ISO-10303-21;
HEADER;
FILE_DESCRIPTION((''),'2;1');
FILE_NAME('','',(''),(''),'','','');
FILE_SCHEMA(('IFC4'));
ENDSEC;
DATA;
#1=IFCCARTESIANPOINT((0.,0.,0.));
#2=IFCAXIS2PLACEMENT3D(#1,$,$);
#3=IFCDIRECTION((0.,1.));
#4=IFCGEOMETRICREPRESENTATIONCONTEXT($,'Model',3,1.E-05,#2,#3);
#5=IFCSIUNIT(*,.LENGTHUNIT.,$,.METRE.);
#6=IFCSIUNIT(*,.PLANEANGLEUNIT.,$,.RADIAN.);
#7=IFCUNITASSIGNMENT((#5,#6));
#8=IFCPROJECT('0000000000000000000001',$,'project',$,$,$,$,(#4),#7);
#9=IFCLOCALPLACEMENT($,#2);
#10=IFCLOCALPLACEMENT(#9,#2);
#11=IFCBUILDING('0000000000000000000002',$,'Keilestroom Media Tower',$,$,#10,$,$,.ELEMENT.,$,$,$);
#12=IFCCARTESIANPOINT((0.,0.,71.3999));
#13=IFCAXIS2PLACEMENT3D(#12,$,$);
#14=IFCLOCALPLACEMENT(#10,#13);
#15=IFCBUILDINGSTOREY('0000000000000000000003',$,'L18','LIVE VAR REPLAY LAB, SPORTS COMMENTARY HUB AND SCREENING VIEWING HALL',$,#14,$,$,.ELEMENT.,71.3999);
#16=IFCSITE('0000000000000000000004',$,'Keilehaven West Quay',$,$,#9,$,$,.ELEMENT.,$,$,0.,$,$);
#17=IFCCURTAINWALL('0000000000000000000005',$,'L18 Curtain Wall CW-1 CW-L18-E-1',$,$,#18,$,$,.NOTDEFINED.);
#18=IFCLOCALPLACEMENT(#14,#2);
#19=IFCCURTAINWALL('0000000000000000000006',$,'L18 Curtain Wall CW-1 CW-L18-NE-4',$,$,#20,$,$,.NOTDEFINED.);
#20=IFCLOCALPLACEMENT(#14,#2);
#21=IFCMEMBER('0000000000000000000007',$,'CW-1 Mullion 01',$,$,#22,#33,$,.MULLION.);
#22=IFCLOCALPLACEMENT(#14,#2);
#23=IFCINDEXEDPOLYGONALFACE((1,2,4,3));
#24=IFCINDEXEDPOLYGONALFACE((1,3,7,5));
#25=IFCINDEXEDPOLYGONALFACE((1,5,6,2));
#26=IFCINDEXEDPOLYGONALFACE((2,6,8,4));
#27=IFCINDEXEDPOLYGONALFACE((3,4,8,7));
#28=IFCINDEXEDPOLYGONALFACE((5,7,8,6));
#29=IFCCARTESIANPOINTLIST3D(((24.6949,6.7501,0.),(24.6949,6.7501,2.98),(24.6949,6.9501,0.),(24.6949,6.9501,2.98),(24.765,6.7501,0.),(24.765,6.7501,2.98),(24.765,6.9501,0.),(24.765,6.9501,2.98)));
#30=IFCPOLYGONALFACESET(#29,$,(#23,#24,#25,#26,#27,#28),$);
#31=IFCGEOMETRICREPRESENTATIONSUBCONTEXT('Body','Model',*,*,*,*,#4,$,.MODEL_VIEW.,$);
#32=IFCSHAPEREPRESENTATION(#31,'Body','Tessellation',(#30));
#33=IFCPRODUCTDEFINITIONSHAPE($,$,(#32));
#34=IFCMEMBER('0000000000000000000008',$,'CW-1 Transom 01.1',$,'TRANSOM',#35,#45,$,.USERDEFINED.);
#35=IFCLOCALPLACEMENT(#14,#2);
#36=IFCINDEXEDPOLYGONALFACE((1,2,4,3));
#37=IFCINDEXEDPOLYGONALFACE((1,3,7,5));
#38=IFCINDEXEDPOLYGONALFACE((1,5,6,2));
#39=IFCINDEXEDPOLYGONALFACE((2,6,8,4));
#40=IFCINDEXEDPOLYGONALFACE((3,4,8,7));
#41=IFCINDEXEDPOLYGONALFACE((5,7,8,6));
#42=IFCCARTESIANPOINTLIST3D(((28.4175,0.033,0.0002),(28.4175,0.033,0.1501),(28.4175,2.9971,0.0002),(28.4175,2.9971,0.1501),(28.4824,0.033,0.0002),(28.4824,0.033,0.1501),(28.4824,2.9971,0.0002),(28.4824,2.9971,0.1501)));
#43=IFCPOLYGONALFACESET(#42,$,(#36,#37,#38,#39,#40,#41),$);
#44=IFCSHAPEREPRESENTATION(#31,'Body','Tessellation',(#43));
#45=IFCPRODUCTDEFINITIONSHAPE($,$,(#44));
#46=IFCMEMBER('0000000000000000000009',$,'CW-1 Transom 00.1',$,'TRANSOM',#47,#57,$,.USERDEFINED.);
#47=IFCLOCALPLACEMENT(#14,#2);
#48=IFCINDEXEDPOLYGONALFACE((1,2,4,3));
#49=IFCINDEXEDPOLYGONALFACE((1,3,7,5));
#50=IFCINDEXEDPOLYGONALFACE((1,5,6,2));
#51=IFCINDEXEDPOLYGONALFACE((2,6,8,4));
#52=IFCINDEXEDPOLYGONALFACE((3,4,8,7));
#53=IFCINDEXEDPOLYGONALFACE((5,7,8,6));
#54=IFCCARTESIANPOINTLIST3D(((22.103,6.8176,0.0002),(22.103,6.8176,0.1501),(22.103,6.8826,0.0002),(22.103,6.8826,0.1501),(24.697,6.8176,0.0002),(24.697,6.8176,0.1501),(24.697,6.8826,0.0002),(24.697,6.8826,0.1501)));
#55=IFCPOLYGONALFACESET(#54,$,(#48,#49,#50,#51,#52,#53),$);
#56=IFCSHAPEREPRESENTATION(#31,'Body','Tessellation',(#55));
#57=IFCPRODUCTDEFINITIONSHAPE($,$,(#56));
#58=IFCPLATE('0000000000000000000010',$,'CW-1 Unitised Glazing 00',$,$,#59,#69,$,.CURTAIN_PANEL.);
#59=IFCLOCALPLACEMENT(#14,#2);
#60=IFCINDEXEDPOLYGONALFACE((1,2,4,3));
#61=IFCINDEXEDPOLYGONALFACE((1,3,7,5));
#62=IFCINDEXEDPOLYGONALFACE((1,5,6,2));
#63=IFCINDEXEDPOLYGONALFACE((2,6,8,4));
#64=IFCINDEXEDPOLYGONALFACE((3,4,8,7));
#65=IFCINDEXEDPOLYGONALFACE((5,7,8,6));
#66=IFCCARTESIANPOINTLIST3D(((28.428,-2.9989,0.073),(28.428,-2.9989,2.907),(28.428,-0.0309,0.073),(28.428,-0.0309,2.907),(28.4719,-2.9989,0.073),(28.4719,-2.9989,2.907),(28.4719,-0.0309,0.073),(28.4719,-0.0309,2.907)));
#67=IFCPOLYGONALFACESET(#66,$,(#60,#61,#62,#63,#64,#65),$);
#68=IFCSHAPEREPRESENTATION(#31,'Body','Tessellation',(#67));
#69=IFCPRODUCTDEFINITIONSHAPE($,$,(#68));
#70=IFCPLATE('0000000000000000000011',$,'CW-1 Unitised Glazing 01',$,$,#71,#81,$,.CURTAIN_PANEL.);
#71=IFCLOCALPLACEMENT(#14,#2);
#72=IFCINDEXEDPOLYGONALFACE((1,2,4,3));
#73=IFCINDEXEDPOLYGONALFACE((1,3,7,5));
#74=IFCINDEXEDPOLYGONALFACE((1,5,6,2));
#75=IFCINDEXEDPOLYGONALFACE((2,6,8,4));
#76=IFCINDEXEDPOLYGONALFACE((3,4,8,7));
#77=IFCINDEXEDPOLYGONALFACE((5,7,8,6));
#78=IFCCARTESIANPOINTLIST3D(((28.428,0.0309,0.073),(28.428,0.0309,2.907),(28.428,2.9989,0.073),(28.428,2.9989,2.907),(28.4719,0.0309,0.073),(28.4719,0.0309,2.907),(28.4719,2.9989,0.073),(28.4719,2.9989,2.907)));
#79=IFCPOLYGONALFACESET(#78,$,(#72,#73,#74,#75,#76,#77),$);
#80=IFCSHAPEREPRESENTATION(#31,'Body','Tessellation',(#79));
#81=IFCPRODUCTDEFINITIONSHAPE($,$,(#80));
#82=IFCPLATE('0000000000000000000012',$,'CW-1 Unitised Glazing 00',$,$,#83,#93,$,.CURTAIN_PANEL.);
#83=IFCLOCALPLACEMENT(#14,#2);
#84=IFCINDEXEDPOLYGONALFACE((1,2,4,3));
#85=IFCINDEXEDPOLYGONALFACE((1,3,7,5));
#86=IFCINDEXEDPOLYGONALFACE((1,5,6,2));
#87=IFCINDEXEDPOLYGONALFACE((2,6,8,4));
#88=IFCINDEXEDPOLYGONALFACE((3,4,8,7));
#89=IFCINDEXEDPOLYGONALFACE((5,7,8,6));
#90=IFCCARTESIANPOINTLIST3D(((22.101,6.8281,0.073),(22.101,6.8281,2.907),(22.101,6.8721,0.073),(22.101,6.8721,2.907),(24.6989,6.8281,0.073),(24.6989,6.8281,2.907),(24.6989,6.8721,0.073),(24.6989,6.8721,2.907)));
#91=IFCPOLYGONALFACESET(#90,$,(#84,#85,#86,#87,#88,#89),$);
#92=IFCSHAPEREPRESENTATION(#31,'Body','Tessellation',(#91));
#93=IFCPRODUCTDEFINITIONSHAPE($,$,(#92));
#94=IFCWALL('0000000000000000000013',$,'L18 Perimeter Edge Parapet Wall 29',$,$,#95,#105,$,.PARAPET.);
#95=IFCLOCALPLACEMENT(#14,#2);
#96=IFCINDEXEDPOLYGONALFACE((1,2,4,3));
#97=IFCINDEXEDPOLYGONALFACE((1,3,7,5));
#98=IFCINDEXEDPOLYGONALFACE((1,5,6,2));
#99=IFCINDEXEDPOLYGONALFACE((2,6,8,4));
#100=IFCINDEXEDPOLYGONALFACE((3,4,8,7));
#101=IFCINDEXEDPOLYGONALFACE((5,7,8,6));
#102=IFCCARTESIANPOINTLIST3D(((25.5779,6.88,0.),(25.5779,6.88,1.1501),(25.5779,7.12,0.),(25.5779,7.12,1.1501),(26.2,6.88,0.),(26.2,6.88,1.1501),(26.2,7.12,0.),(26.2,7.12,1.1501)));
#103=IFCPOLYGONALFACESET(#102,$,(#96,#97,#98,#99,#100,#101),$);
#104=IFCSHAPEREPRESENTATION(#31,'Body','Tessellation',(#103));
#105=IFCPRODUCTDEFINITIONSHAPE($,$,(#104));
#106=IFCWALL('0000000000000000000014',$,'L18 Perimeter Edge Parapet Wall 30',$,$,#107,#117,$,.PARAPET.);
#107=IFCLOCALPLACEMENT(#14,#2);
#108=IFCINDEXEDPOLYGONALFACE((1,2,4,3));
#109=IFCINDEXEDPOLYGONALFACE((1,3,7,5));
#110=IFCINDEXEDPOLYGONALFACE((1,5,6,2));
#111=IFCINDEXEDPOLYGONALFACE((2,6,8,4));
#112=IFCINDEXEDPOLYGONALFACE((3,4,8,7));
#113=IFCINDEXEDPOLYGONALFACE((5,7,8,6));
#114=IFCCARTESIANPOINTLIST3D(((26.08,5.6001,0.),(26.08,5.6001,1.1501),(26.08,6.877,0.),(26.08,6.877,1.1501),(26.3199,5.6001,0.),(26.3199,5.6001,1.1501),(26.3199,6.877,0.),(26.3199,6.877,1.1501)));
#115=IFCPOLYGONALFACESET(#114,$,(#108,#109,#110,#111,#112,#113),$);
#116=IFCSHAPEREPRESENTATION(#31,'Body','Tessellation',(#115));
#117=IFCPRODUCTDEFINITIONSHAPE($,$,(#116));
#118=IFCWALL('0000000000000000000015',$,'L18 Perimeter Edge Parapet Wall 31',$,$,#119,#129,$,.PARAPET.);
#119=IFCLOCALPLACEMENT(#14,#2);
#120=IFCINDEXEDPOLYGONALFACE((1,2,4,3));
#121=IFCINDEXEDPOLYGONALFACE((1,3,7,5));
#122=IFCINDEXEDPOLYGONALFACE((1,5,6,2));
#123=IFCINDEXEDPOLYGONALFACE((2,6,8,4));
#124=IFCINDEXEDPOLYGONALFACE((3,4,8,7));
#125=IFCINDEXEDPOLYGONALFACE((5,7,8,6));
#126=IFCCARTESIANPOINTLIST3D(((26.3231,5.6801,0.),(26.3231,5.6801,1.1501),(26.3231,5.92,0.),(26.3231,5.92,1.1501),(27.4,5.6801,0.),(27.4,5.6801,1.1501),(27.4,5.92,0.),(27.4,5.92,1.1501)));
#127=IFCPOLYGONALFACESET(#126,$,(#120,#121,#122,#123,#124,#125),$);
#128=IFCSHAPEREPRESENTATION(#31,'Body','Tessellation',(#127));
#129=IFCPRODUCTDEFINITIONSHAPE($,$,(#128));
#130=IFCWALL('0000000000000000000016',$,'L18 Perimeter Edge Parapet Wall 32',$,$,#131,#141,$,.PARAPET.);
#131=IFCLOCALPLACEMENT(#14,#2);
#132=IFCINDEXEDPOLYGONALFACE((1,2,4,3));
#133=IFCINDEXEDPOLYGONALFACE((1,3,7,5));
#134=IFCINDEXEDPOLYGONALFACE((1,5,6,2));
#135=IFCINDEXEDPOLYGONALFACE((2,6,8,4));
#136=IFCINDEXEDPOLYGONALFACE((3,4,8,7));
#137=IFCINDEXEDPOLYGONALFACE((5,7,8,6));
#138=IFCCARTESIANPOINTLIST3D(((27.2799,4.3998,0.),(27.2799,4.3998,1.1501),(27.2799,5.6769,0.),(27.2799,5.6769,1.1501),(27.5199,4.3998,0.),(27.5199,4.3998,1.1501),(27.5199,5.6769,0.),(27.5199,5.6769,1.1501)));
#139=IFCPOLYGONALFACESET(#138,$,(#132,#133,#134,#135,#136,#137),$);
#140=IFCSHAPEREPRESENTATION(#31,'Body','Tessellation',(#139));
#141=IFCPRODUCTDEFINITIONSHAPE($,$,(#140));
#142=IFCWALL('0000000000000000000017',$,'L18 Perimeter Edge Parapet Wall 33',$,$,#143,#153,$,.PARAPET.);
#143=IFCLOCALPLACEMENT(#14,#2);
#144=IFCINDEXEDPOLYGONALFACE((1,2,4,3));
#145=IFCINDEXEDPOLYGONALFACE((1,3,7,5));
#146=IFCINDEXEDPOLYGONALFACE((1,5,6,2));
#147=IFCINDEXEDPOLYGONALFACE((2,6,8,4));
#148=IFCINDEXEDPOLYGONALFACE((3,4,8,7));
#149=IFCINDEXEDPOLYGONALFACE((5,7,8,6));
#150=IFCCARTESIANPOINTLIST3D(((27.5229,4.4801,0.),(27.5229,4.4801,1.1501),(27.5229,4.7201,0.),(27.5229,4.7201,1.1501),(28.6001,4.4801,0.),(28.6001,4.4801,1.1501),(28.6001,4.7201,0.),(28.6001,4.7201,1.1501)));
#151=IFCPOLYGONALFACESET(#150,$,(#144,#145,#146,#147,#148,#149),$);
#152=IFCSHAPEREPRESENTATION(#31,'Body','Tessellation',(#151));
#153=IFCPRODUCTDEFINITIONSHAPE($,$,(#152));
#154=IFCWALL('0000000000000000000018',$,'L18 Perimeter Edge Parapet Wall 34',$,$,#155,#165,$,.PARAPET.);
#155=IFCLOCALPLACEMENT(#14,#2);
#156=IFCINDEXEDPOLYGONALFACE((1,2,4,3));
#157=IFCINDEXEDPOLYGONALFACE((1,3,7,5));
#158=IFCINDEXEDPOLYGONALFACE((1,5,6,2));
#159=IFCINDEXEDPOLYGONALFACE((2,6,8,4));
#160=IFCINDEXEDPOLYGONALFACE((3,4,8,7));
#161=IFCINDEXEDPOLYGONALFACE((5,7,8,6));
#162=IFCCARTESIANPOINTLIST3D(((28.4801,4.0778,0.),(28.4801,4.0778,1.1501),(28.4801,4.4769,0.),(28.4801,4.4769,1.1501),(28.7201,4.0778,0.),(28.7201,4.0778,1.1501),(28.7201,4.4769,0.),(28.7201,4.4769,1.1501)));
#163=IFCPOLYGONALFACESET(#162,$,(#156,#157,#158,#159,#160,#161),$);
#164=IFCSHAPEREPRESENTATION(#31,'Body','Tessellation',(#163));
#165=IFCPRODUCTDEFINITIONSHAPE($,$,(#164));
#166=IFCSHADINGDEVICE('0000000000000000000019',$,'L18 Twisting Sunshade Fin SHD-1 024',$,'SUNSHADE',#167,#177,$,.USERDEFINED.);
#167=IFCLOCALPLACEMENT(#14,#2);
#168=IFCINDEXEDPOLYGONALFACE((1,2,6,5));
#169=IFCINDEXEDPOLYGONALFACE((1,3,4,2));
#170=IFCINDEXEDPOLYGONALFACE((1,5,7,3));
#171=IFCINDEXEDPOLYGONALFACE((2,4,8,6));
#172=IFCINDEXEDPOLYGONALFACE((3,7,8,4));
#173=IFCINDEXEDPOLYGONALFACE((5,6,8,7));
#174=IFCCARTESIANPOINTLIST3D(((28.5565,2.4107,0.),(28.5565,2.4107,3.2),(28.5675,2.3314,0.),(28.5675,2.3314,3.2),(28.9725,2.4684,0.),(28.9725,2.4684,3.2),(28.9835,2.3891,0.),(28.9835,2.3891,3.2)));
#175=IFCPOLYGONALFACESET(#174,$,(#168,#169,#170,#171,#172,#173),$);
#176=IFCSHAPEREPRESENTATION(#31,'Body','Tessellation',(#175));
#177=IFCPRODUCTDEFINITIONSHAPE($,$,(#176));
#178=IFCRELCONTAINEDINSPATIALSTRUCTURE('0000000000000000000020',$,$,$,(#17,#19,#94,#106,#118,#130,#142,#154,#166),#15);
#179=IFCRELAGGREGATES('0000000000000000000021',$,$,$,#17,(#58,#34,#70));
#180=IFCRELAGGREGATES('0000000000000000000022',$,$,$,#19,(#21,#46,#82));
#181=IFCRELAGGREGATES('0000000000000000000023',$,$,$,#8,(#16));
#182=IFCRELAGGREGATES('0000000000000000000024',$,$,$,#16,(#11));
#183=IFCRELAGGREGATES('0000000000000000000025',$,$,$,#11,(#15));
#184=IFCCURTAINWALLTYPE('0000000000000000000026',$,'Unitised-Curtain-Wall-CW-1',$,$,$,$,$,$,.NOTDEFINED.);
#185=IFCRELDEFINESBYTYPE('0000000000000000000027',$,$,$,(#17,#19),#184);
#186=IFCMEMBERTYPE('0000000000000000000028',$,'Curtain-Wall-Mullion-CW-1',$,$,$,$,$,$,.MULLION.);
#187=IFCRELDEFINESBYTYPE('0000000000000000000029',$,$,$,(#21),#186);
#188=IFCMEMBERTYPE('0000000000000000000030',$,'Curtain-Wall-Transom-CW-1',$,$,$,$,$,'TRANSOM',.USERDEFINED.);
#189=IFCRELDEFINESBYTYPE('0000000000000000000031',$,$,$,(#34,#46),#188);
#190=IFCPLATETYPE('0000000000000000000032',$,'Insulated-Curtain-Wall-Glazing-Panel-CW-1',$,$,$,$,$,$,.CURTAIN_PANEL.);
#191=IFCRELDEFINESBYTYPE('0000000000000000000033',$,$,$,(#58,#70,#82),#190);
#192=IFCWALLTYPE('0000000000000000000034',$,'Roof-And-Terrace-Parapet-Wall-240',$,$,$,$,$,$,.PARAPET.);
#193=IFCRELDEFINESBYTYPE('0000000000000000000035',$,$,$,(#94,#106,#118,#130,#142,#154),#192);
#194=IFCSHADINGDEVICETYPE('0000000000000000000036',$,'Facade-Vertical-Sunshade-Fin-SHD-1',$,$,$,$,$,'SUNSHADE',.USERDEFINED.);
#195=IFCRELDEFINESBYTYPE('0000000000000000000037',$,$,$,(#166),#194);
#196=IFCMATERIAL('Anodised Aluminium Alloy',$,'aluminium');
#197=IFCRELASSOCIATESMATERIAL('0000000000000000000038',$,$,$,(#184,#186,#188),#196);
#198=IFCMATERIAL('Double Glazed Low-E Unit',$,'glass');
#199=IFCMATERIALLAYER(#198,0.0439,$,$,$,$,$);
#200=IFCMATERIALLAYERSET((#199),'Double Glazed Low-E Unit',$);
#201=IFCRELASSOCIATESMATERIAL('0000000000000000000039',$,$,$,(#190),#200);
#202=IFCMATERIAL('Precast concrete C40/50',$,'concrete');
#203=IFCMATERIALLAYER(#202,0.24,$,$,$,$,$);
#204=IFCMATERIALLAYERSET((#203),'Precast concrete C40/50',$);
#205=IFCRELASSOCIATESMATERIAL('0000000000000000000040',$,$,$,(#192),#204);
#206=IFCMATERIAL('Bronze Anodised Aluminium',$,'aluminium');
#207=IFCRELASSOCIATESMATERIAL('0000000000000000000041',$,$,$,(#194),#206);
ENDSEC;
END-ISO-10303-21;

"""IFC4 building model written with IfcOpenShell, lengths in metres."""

from ifc_helpers import new_model, si_unit, direction, frame, frame_2d, origin, origin_2d, place, context, subcontext, project, spatial, rectangle, extrude, source, transform, mapped, material, layer, layer_set, material_profile, profile_set, type_object, element, aggregate, save


model = new_model("IFC4")

# Units and contexts
model_context = context("Model", 3, precision=1e-05, world=origin(), true_north=direction((0.0, 1.0)))
body_context = subcontext(model_context, "Body", "Model", "MODEL_VIEW")
ifc_project = project(units=[si_unit("LENGTHUNIT", "METRE"), si_unit("PLANEANGLEUNIT", "RADIAN")], contexts=[model_context])

# Site, building, storey
site_placement = place(None, origin())
site = spatial("IfcSite", under=ifc_project, at=site_placement, Name="Keilehaven West Quay", CompositionType="ELEMENT", RefElevation=0.0)
building_placement = place(site_placement, origin())
building = spatial("IfcBuilding", under=site, at=building_placement, Name="Keilestroom Media Tower", CompositionType="ELEMENT")
storey_placement = place(building_placement, frame((0.0, 0.0, 71.3999)))
storey = spatial("IfcBuildingStorey", under=building, at=storey_placement, Name="L18", Description="LIVE VAR REPLAY LAB, SPORTS COMMENTARY HUB AND SCREENING VIEWING HALL", CompositionType="ELEMENT", Elevation=71.3999)

# Shared definitions
ifc_material_1 = material(Name="Precast concrete C40/50", Category="concrete")

# Curtain walls, member
ifc_material_2 = material(Name="Anodised Aluminium Alloy", Category="aluminium")
curtain_wall_type = type_object("IfcCurtainWallType", Name="Unitised-Curtain-Wall-CW-1", PredefinedType="NOTDEFINED", material=ifc_material_2)
curtain_wall_1_placement = place(storey_placement, origin())
curtain_wall_1 = element("IfcCurtainWall", 1, at=curtain_wall_1_placement, inside=storey, type_object=curtain_wall_type, Name="L18 Curtain Wall CW-1 CW-L18-E-1", PredefinedType="NOTDEFINED")
ifc_material_profile_1 = material_profile(ifc_material_2, rectangle(XDim=0.0701, YDim=0.2, at=origin_2d()), Name="ALU MULLION 70x200")
ifc_profile_set_1 = profile_set([ifc_material_profile_1], Name="Anodised Aluminium Alloy")
member_type_1 = type_object("IfcMemberType", Name="Curtain-Wall-Mullion-CW-1", PredefinedType="MULLION", material=ifc_profile_set_1)
shared_shape_1 = source(origin(), body_context, "Body", "SweptSolid", [
    extrude(rectangle(XDim=0.0701, YDim=0.2, at=origin_2d()), origin(), (0.0, 0.0, 1.0), 2.98),
])
curtain_wall_2_placement = place(storey_placement, origin())
curtain_wall_2 = element("IfcCurtainWall", 2, at=curtain_wall_2_placement, inside=storey, type_object=curtain_wall_type, Name="L18 Curtain Wall CW-1 CW-L18-NE-4", PredefinedType="NOTDEFINED")
member_1_placement = place(storey_placement, frame((24.73, 6.8501, 0.0), z_axis=(0.0, 0.0, 1.0), x_axis=(1.0, 0.0, 0.0)))
member_1 = element("IfcMember", 3, at=member_1_placement, type_object=member_type_1, Name="CW-1 Mullion 01", PredefinedType="MULLION", context=body_context, shape_type="MappedRepresentation", body=[
    mapped(shared_shape_1, transform((0.0, 0.0, 0.0), x_axis=(1.0, 0.0, 0.0), y_axis=(0.0, 1.0, 0.0), z_axis=(0.0, 0.0, 1.0), scale=1.0)),
])

# Members
ifc_material_profile_2 = material_profile(ifc_material_2, rectangle(XDim=0.0649, YDim=0.1499, at=origin_2d()), Name="ALU TRANSOM 65x150")
ifc_profile_set_2 = profile_set([ifc_material_profile_2], Name="Anodised Aluminium Alloy")
member_type_2 = type_object("IfcMemberType", Name="Curtain-Wall-Transom-CW-1", ElementType="TRANSOM", PredefinedType="USERDEFINED", material=ifc_profile_set_2)
shared_shape_2 = source(origin(), body_context, "Body", "SweptSolid", [
    extrude(rectangle(XDim=0.0649, YDim=0.1499, at=origin_2d()), origin(), (0.0, 0.0, 1.0), 2.9641),
])
member_2_placement = place(storey_placement, frame((28.45, 0.033, 0.0752), z_axis=(0.0, 1.0, 0.0), x_axis=(-1.0, 0.0, 0.0)))
member_2 = element("IfcMember", 4, at=member_2_placement, type_object=member_type_2, Name="CW-1 Transom 01.1", ObjectType="TRANSOM", PredefinedType="USERDEFINED", context=body_context, shape_type="MappedRepresentation", body=[
    mapped(shared_shape_2, transform((0.0, 0.0, 0.0), x_axis=(1.0, 0.0, 0.0), y_axis=(0.0, 1.0, 0.0), z_axis=(0.0, 0.0, 1.0), scale=1.0)),
])
shared_shape_3 = source(origin(), body_context, "Body", "SweptSolid", [
    extrude(rectangle(XDim=0.0649, YDim=0.1499, at=origin_2d()), origin(), (0.0, 0.0, 1.0), 2.594),
])
member_3_placement = place(storey_placement, frame((22.103, 6.8501, 0.0752), z_axis=(1.0, 0.0, 0.0), x_axis=(0.0, 1.0, 0.0)))
member_3 = element("IfcMember", 5, at=member_3_placement, type_object=member_type_2, Name="CW-1 Transom 00.1", ObjectType="TRANSOM", PredefinedType="USERDEFINED", context=body_context, shape_type="MappedRepresentation", body=[
    mapped(shared_shape_3, transform((0.0, 0.0, 0.0), x_axis=(1.0, 0.0, 0.0), y_axis=(0.0, 1.0, 0.0), z_axis=(0.0, 0.0, 1.0), scale=1.0)),
])

# Plates
ifc_material_3 = material(Name="Double Glazed Low-E Unit", Category="glass")
ifc_layer_1 = layer(ifc_material_3, 0.0439)
ifc_layer_set_1 = layer_set([ifc_layer_1], Name="Double Glazed Low-E Unit")
plate_type = type_object("IfcPlateType", Name="Insulated-Curtain-Wall-Glazing-Panel-CW-1", PredefinedType="CURTAIN_PANEL", material=ifc_layer_set_1)
shared_shape_4 = source(origin(), body_context, "Body", "SweptSolid", [
    extrude(rectangle(XDim=2.968, YDim=0.0439, at=origin_2d()), origin(), (0.0, 0.0, 1.0), 2.834),
])
plate_1_placement = place(storey_placement, frame((28.45, -1.5149, 0.073), z_axis=(0.0, 0.0, 1.0), x_axis=(0.0, 1.0, 0.0)))
plate_1 = element("IfcPlate", 6, at=plate_1_placement, type_object=plate_type, Name="CW-1 Unitised Glazing 00", PredefinedType="CURTAIN_PANEL", context=body_context, shape_type="MappedRepresentation", body=[
    mapped(shared_shape_4, transform((0.0, 0.0, 0.0), x_axis=(1.0, 0.0, 0.0), y_axis=(0.0, 1.0, 0.0), z_axis=(0.0, 0.0, 1.0), scale=1.0)),
])
plate_2_placement = place(storey_placement, frame((28.45, 1.5149, 0.073), z_axis=(0.0, 0.0, 1.0), x_axis=(0.0, 1.0, 0.0)))
plate_2 = element("IfcPlate", 7, at=plate_2_placement, type_object=plate_type, Name="CW-1 Unitised Glazing 01", PredefinedType="CURTAIN_PANEL", context=body_context, shape_type="MappedRepresentation", body=[
    mapped(shared_shape_4, transform((0.0, 0.0, 0.0), x_axis=(1.0, 0.0, 0.0), y_axis=(0.0, 1.0, 0.0), z_axis=(0.0, 0.0, 1.0), scale=1.0)),
])
aggregate(curtain_wall_1, [plate_1, member_2, plate_2])
shared_shape_5 = source(origin(), body_context, "Body", "SweptSolid", [
    extrude(rectangle(XDim=2.5979, YDim=0.0439, at=origin_2d()), origin(), (0.0, 0.0, 1.0), 2.834),
])
plate_3_placement = place(storey_placement, frame((23.3999, 6.8501, 0.073), z_axis=(0.0, 0.0, 1.0), x_axis=(1.0, 0.0, 0.0)))
plate_3 = element("IfcPlate", 8, at=plate_3_placement, type_object=plate_type, Name="CW-1 Unitised Glazing 00", PredefinedType="CURTAIN_PANEL", context=body_context, shape_type="MappedRepresentation", body=[
    mapped(shared_shape_5, transform((0.0, 0.0, 0.0), x_axis=(1.0, 0.0, 0.0), y_axis=(0.0, 1.0, 0.0), z_axis=(0.0, 0.0, 1.0), scale=1.0)),
])
aggregate(curtain_wall_2, [member_1, member_3, plate_3])

# Walls
ifc_layer_2 = layer(ifc_material_1, 0.24)
ifc_layer_set_2 = layer_set([ifc_layer_2], Name="Precast concrete C40/50")
wall_type = type_object("IfcWallType", Name="Roof-And-Terrace-Parapet-Wall-240", PredefinedType="PARAPET", material=ifc_layer_set_2)
wall_1_placement = place(storey_placement, frame((25.5779, 7.0, 0.0), z_axis=(0.0, 0.0, 1.0), x_axis=(1.0, 0.0, 0.0)))
element("IfcWall", 9, at=wall_1_placement, inside=storey, type_object=wall_type, Name="L18 Perimeter Edge Parapet Wall 29", PredefinedType="PARAPET", context=body_context, shape_type="SweptSolid", body=[
    extrude(rectangle(XDim=0.6221, YDim=0.24, at=frame_2d((0.311, 0.0))), origin(), (0.0, 0.0, 1.0), 1.1501),
])
wall_2_placement = place(storey_placement, frame((26.2, 6.877, 0.0), z_axis=(0.0, 0.0, 1.0), x_axis=(0.0, -1.0, 0.0)))
element("IfcWall", 10, at=wall_2_placement, inside=storey, type_object=wall_type, Name="L18 Perimeter Edge Parapet Wall 30", PredefinedType="PARAPET", context=body_context, shape_type="SweptSolid", body=[
    extrude(rectangle(XDim=1.2769, YDim=0.24, at=frame_2d((0.6384, 0.0))), origin(), (0.0, 0.0, 1.0), 1.1501),
])
wall_3_placement = place(storey_placement, frame((26.323, 5.8, 0.0), z_axis=(0.0, 0.0, 1.0), x_axis=(1.0, 0.0, 0.0)))
element("IfcWall", 11, at=wall_3_placement, inside=storey, type_object=wall_type, Name="L18 Perimeter Edge Parapet Wall 31", PredefinedType="PARAPET", context=body_context, shape_type="SweptSolid", body=[
    extrude(rectangle(XDim=1.0769, YDim=0.24, at=frame_2d((0.5386, 0.0))), origin(), (0.0, 0.0, 1.0), 1.1501),
])
wall_4_placement = place(storey_placement, frame((27.3999, 5.677, 0.0), z_axis=(0.0, 0.0, 1.0), x_axis=(0.0, -1.0, 0.0)))
element("IfcWall", 12, at=wall_4_placement, inside=storey, type_object=wall_type, Name="L18 Perimeter Edge Parapet Wall 32", PredefinedType="PARAPET", context=body_context, shape_type="SweptSolid", body=[
    extrude(rectangle(XDim=1.2771, YDim=0.24, at=frame_2d((0.6387, 0.0))), origin(), (0.0, 0.0, 1.0), 1.1501),
])
wall_5_placement = place(storey_placement, frame((27.5229, 4.6001, 0.0), z_axis=(0.0, 0.0, 1.0), x_axis=(1.0, 0.0, 0.0)))
element("IfcWall", 13, at=wall_5_placement, inside=storey, type_object=wall_type, Name="L18 Perimeter Edge Parapet Wall 33", PredefinedType="PARAPET", context=body_context, shape_type="SweptSolid", body=[
    extrude(rectangle(XDim=1.0771, YDim=0.24, at=frame_2d((0.5386, 0.0))), origin(), (0.0, 0.0, 1.0), 1.1501),
])
wall_6_placement = place(storey_placement, frame((28.6001, 4.4771, 0.0), z_axis=(0.0, 0.0, 1.0), x_axis=(0.0, -1.0, 0.0)))
element("IfcWall", 14, at=wall_6_placement, inside=storey, type_object=wall_type, Name="L18 Perimeter Edge Parapet Wall 34", PredefinedType="PARAPET", context=body_context, shape_type="SweptSolid", body=[
    extrude(rectangle(XDim=0.3992, YDim=0.24, at=frame_2d((0.1997, 0.0))), origin(), (0.0, 0.0, 1.0), 1.1501),
])

# Shading device
ifc_material_4 = material(Name="Bronze Anodised Aluminium", Category="aluminium")
shading_device_type = type_object("IfcShadingDeviceType", Name="Facade-Vertical-Sunshade-Fin-SHD-1", ElementType="SUNSHADE", PredefinedType="USERDEFINED", material=ifc_material_4)
shared_shape_6 = source(origin(), body_context, "Body", "SweptSolid", [
    extrude(rectangle(XDim=0.4199, YDim=0.0801, at=origin_2d()), origin(), (0.0, 0.0, 1.0), 3.2),
])
shading_device_placement = place(storey_placement, frame((28.77, 2.3999, 0.0), z_axis=(0.0, 0.0, 1.0), x_axis=(0.990533, 0.137272, 0.0)))
element("IfcShadingDevice", 15, at=shading_device_placement, inside=storey, type_object=shading_device_type, Name="L18 Twisting Sunshade Fin SHD-1 024", ObjectType="SUNSHADE", PredefinedType="USERDEFINED", context=body_context, shape_type="MappedRepresentation", body=[
    mapped(shared_shape_6, transform((0.0, 0.0, 0.0), x_axis=(1.0, 0.0, 0.0), y_axis=(0.0, 1.0, 0.0), z_axis=(0.0, 0.0, 1.0), scale=1.0)),
])

save(model, "model.ifc")
